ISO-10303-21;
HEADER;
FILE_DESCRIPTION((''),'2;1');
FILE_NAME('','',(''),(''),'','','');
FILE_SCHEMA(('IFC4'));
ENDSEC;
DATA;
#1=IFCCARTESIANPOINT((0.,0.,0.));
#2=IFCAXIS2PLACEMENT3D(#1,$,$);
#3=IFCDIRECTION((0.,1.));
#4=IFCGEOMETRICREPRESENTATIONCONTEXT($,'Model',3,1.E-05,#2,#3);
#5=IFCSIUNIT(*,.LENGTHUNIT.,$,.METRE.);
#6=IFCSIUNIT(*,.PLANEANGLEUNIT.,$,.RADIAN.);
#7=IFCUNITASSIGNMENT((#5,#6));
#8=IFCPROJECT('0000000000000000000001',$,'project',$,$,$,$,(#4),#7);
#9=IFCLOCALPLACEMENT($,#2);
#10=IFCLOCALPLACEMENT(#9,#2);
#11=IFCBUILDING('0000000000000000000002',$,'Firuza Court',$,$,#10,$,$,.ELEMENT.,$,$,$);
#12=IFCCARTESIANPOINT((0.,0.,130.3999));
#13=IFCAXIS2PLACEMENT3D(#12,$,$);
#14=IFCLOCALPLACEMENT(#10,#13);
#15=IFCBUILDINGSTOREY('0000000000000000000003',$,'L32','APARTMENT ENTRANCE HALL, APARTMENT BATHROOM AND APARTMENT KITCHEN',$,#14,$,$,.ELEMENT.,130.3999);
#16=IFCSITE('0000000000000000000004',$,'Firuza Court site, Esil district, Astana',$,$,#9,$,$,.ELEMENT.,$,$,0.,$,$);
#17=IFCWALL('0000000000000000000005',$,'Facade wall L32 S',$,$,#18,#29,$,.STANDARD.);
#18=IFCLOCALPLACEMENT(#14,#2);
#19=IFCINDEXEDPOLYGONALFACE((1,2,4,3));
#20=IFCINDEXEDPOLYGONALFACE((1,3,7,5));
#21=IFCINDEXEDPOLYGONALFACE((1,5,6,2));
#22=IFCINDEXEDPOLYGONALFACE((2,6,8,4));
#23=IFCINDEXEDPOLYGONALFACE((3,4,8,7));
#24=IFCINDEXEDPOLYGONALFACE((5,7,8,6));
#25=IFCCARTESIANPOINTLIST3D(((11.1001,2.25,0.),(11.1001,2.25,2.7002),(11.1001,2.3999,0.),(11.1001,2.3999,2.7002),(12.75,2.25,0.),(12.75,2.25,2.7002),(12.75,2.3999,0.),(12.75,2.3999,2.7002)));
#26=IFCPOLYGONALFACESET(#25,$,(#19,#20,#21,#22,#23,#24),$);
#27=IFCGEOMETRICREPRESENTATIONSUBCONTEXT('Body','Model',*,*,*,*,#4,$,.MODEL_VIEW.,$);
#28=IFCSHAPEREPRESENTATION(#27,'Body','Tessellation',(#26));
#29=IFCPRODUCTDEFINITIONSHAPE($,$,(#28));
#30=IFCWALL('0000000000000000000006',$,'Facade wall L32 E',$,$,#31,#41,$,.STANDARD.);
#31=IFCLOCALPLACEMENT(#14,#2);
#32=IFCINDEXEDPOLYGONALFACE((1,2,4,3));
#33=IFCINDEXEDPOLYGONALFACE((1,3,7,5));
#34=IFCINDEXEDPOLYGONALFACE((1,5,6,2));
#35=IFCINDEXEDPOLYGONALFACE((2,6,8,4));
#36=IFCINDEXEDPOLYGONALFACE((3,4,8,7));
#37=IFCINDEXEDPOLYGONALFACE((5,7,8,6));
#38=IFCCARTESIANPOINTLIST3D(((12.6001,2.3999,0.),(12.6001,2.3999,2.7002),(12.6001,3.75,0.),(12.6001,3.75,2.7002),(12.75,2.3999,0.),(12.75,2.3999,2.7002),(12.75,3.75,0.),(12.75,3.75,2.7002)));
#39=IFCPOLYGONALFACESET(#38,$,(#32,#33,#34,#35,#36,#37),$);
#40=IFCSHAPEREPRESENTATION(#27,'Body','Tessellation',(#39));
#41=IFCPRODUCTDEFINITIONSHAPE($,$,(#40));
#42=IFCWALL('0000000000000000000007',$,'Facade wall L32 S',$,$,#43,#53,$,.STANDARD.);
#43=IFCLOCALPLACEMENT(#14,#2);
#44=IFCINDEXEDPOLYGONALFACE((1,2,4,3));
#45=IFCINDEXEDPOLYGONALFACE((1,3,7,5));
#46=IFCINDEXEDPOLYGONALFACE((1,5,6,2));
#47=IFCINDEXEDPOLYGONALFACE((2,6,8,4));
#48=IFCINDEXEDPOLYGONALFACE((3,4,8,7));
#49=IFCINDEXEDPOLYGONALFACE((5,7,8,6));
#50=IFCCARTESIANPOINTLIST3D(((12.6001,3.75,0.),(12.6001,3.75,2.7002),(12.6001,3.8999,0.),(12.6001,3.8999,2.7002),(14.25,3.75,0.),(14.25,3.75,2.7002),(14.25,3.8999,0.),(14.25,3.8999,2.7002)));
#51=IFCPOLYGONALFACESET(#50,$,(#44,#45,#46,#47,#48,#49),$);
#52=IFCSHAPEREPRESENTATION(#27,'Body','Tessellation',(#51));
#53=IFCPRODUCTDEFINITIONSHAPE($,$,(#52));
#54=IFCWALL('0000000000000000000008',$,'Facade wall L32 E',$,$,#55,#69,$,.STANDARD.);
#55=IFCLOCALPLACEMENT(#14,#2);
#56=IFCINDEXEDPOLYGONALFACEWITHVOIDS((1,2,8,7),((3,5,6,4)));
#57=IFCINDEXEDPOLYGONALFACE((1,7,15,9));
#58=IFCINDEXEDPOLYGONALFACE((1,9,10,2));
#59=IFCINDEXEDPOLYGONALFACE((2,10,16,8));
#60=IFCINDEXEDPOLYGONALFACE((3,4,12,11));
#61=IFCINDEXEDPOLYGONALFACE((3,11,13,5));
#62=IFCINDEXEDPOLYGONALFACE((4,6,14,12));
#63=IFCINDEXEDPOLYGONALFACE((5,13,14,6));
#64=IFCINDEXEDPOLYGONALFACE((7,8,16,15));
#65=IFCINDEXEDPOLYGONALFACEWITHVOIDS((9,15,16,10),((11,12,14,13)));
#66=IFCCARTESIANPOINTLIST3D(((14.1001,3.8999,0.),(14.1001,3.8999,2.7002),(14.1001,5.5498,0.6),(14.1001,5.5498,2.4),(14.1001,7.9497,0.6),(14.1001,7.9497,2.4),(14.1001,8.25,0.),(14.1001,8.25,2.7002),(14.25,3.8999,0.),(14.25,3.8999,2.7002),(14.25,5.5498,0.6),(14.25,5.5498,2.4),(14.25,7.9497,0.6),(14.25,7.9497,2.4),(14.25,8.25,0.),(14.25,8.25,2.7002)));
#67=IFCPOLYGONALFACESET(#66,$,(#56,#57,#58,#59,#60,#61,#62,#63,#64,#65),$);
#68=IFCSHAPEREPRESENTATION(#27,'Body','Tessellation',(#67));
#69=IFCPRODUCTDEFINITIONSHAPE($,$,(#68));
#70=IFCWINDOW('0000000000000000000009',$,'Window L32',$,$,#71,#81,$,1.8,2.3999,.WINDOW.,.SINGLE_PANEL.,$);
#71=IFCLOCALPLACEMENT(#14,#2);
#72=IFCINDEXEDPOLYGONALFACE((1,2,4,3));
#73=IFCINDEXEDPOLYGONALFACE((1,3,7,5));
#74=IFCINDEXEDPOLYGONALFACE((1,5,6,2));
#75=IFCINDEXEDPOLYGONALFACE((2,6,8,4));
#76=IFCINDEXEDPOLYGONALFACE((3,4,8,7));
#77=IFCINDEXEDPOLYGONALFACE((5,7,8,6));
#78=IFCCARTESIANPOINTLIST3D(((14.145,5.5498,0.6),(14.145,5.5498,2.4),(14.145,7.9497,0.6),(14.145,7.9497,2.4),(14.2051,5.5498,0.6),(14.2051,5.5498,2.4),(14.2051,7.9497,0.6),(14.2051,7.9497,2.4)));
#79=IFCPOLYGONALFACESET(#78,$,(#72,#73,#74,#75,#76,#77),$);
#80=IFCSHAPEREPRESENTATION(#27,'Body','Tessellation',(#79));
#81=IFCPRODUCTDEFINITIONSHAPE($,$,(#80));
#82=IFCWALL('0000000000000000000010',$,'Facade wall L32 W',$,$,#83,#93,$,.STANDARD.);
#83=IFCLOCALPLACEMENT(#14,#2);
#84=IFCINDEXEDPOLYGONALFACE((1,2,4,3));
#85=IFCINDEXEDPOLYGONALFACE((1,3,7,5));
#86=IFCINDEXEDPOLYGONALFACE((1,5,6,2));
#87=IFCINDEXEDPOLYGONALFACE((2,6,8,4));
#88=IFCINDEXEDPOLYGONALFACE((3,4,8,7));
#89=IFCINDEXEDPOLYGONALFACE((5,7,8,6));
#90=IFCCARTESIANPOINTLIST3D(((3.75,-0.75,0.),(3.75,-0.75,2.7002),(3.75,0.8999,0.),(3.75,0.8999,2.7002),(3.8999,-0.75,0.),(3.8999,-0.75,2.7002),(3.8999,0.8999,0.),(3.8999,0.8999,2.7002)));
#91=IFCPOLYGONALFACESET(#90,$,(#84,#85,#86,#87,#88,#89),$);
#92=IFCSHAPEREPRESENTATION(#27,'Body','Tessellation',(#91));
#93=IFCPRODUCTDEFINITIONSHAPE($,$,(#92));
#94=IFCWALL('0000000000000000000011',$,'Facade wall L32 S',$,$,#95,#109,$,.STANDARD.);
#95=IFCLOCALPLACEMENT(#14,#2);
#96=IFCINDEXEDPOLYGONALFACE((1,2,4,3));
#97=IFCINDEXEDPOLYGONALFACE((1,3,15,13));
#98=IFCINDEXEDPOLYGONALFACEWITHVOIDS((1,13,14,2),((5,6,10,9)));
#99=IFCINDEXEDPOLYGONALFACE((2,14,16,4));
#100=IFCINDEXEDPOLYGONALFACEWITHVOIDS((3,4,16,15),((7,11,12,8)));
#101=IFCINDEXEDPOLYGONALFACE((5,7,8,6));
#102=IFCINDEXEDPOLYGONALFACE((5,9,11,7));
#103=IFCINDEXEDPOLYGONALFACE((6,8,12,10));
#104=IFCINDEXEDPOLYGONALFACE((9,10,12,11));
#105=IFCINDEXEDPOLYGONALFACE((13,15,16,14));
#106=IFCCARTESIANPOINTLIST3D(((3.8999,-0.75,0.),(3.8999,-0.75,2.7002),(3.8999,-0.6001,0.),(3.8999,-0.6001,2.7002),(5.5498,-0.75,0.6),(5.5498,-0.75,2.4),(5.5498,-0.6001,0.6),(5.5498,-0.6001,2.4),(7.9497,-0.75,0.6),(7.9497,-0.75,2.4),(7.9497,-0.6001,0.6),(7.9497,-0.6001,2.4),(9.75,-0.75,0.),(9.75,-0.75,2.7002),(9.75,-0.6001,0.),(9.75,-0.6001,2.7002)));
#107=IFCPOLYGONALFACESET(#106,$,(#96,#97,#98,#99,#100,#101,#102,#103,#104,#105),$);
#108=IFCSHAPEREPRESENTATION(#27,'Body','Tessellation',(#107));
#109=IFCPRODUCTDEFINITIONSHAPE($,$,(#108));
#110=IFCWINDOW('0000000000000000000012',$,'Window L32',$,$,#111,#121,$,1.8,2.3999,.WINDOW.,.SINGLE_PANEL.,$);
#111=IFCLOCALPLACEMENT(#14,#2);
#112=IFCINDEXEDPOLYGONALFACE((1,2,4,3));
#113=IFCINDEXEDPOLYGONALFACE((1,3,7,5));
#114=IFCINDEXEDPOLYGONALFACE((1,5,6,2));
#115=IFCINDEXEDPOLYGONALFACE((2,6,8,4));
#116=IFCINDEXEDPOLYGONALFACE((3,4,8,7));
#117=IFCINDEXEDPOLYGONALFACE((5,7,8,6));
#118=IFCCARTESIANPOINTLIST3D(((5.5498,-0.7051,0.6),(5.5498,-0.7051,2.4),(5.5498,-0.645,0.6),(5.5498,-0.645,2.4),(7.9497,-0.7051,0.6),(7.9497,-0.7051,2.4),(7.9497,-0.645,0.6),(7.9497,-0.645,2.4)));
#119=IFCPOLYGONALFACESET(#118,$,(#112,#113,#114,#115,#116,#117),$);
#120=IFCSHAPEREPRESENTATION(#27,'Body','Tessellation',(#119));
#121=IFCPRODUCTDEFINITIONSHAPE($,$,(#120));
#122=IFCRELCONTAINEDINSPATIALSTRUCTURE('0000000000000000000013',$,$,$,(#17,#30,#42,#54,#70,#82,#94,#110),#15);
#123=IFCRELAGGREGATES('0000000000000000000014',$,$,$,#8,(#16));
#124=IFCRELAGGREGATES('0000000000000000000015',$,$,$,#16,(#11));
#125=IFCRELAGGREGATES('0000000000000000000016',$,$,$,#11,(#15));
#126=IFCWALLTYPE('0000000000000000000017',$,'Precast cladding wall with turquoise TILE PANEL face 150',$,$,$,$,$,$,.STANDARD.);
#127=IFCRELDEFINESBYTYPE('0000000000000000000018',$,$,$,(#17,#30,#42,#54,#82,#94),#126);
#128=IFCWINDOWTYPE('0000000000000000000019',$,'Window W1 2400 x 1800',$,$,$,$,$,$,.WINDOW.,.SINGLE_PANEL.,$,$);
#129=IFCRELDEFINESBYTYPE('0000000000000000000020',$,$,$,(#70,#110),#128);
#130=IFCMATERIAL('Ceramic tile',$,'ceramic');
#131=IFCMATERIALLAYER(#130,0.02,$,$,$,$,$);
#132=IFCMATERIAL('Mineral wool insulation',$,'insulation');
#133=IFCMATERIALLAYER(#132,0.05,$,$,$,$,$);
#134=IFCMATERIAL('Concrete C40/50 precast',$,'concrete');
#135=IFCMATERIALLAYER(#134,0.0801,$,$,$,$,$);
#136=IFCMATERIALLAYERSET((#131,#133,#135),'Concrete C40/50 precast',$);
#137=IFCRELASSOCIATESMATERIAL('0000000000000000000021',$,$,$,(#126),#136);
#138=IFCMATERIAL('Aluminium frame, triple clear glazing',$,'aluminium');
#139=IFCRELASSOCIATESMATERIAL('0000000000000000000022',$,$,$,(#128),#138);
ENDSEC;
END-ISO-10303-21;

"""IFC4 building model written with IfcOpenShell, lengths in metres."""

from ifc_helpers import new_model, si_unit, direction, frame, frame_2d, origin, place, context, subcontext, project, spatial, rectangle, extrude, material, layer, layer_set, type_object, element, fill, save


model = new_model("IFC4")

# Units and contexts
model_context = context("Model", 3, precision=1e-05, world=origin(), true_north=direction((0.0, 1.0)))
body_context = subcontext(model_context, "Body", "Model", "MODEL_VIEW")
ifc_project = project(units=[si_unit("LENGTHUNIT", "METRE"), si_unit("PLANEANGLEUNIT", "RADIAN")], contexts=[model_context])

# Site, building, storey
site_placement = place(None, origin())
site = spatial("IfcSite", under=ifc_project, at=site_placement, Name="Firuza Court site, Esil district, Astana", CompositionType="ELEMENT", RefElevation=0.0)
building_placement = place(site_placement, origin())
building = spatial("IfcBuilding", under=site, at=building_placement, Name="Firuza Court", CompositionType="ELEMENT")
storey_placement = place(building_placement, frame((0.0, 0.0, 130.3999)))
storey = spatial("IfcBuildingStorey", under=building, at=storey_placement, Name="L32", Description="APARTMENT ENTRANCE HALL, APARTMENT BATHROOM AND APARTMENT KITCHEN", CompositionType="ELEMENT", Elevation=130.3999)

# Walls
ifc_material_1 = material(Name="Ceramic tile", Category="ceramic")
ifc_layer_1 = layer(ifc_material_1, 0.02)
ifc_material_2 = material(Name="Mineral wool insulation", Category="insulation")
ifc_layer_2 = layer(ifc_material_2, 0.05)
ifc_material_3 = material(Name="Concrete C40/50 precast", Category="concrete")
ifc_layer_3 = layer(ifc_material_3, 0.0801)
ifc_layer_set_1 = layer_set([ifc_layer_1, ifc_layer_2, ifc_layer_3], Name="Concrete C40/50 precast")
wall_type_1 = type_object("IfcWallType", Name="Precast cladding wall with turquoise TILE PANEL face 150", PredefinedType="STANDARD", material=ifc_layer_set_1)
wall_1_placement = place(storey_placement, frame((11.1001, 2.325, 0.0), z_axis=(0.0, 0.0, 1.0), x_axis=(1.0, 0.0, 0.0)))
element("IfcWall", 1, at=wall_1_placement, inside=storey, type_object=wall_type_1, Name="Facade wall L32 S", PredefinedType="STANDARD", context=body_context, shape_type="SweptSolid", body=[
    extrude(rectangle(XDim=1.6499, YDim=0.1499, at=frame_2d((0.825, 0.0))), origin(), (0.0, 0.0, 1.0), 2.7002),
])
wall_2_placement = place(storey_placement, frame((12.675, 2.3999, 0.0), z_axis=(0.0, 0.0, 1.0), x_axis=(0.0, 1.0, 0.0)))
element("IfcWall", 2, at=wall_2_placement, inside=storey, type_object=wall_type_1, Name="Facade wall L32 E", PredefinedType="STANDARD", context=body_context, shape_type="SweptSolid", body=[
    extrude(rectangle(XDim=1.3501, YDim=0.1499, at=frame_2d((0.675, 0.0))), origin(), (0.0, 0.0, 1.0), 2.7002),
])
wall_3_placement = place(storey_placement, frame((12.6001, 3.825, 0.0), z_axis=(0.0, 0.0, 1.0), x_axis=(1.0, 0.0, 0.0)))
element("IfcWall", 3, at=wall_3_placement, inside=storey, type_object=wall_type_1, Name="Facade wall L32 S", PredefinedType="STANDARD", context=body_context, shape_type="SweptSolid", body=[
    extrude(rectangle(XDim=1.6499, YDim=0.1499, at=frame_2d((0.825, 0.0))), origin(), (0.0, 0.0, 1.0), 2.7002),
])

# Wall, opening, window
wall_4_placement = place(storey_placement, frame((14.175, 3.8999, 0.0), z_axis=(0.0, 0.0, 1.0), x_axis=(0.0, 1.0, 0.0)))
wall_4 = element("IfcWall", 4, at=wall_4_placement, inside=storey, type_object=wall_type_1, Name="Facade wall L32 E", PredefinedType="STANDARD", context=body_context, shape_type="SweptSolid", body=[
    extrude(rectangle(XDim=4.3501, YDim=0.1499, at=frame_2d((2.175, 0.0))), origin(), (0.0, 0.0, 1.0), 2.7002),
])
opening_1_placement = place(wall_4_placement, frame((1.6499, 0.0, 0.6001)))
opening_1 = element("IfcOpeningElement", 5, at=opening_1_placement, cuts=wall_4, PredefinedType="OPENING", context=body_context, shape_type="SweptSolid", body=[
    extrude(rectangle(XDim=2.3999, YDim=1.8, at=frame_2d((1.2, 0.8999))), frame((0.0, 0.0869, 0.0), z_axis=(0.0, -1.0, 0.0), x_axis=(1.0, 0.0, 0.0)), (0.0, 0.0, 1.0), 0.1738),
])
ifc_material_4 = material(Name="Aluminium frame, triple clear glazing", Category="aluminium")
window_type = type_object("IfcWindowType", Name="Window W1 2400 x 1800", PartitioningType="SINGLE_PANEL", PredefinedType="WINDOW", material=ifc_material_4)
window_1_placement = place(opening_1_placement, origin())
window_1 = element("IfcWindow", 6, at=window_1_placement, inside=storey, type_object=window_type, Name="Window L32", OverallHeight=1.8, OverallWidth=2.3999, PartitioningType="SINGLE_PANEL", PredefinedType="WINDOW", context=body_context, shape_type="SweptSolid", body=[
    extrude(rectangle(XDim=2.3999, YDim=1.8, at=frame_2d((1.2, 0.8999))), frame((0.0, 0.03, 0.0), z_axis=(0.0, -1.0, 0.0), x_axis=(1.0, 0.0, 0.0)), (0.0, 0.0, 1.0), 0.0601),
])
fill(opening_1, window_1)

# Wall
wall_5_placement = place(storey_placement, frame((3.825, 0.8999, 0.0), z_axis=(0.0, 0.0, 1.0), x_axis=(0.0, -1.0, 0.0)))
element("IfcWall", 7, at=wall_5_placement, inside=storey, type_object=wall_type_1, Name="Facade wall L32 W", PredefinedType="STANDARD", context=body_context, shape_type="SweptSolid", body=[
    extrude(rectangle(XDim=1.6499, YDim=0.1499, at=frame_2d((0.825, 0.0))), origin(), (0.0, 0.0, 1.0), 2.7002),
])

# Wall, opening, window
wall_6_placement = place(storey_placement, frame((3.8999, -0.675, 0.0), z_axis=(0.0, 0.0, 1.0), x_axis=(1.0, 0.0, 0.0)))
wall_6 = element("IfcWall", 8, at=wall_6_placement, inside=storey, type_object=wall_type_1, Name="Facade wall L32 S", PredefinedType="STANDARD", context=body_context, shape_type="SweptSolid", body=[
    extrude(rectangle(XDim=5.8501, YDim=0.1499, at=frame_2d((2.925, 0.0))), origin(), (0.0, 0.0, 1.0), 2.7002),
])
opening_2_placement = place(wall_6_placement, frame((1.6499, 0.0, 0.6001)))
opening_2 = element("IfcOpeningElement", 9, at=opening_2_placement, cuts=wall_6, PredefinedType="OPENING", context=body_context, shape_type="SweptSolid", body=[
    extrude(rectangle(XDim=2.3999, YDim=1.8, at=frame_2d((1.2, 0.8999))), frame((0.0, 0.0869, 0.0), z_axis=(0.0, -1.0, 0.0), x_axis=(1.0, 0.0, 0.0)), (0.0, 0.0, 1.0), 0.1738),
])
window_2_placement = place(opening_2_placement, origin())
window_2 = element("IfcWindow", 10, at=window_2_placement, inside=storey, type_object=window_type, Name="Window L32", OverallHeight=1.8, OverallWidth=2.3999, PartitioningType="SINGLE_PANEL", PredefinedType="WINDOW", context=body_context, shape_type="SweptSolid", body=[
    extrude(rectangle(XDim=2.3999, YDim=1.8, at=frame_2d((1.2, 0.8999))), frame((0.0, 0.03, 0.0), z_axis=(0.0, -1.0, 0.0), x_axis=(1.0, 0.0, 0.0)), (0.0, 0.0, 1.0), 0.0601),
])
fill(opening_2, window_2)

save(model, "model.ifc")
